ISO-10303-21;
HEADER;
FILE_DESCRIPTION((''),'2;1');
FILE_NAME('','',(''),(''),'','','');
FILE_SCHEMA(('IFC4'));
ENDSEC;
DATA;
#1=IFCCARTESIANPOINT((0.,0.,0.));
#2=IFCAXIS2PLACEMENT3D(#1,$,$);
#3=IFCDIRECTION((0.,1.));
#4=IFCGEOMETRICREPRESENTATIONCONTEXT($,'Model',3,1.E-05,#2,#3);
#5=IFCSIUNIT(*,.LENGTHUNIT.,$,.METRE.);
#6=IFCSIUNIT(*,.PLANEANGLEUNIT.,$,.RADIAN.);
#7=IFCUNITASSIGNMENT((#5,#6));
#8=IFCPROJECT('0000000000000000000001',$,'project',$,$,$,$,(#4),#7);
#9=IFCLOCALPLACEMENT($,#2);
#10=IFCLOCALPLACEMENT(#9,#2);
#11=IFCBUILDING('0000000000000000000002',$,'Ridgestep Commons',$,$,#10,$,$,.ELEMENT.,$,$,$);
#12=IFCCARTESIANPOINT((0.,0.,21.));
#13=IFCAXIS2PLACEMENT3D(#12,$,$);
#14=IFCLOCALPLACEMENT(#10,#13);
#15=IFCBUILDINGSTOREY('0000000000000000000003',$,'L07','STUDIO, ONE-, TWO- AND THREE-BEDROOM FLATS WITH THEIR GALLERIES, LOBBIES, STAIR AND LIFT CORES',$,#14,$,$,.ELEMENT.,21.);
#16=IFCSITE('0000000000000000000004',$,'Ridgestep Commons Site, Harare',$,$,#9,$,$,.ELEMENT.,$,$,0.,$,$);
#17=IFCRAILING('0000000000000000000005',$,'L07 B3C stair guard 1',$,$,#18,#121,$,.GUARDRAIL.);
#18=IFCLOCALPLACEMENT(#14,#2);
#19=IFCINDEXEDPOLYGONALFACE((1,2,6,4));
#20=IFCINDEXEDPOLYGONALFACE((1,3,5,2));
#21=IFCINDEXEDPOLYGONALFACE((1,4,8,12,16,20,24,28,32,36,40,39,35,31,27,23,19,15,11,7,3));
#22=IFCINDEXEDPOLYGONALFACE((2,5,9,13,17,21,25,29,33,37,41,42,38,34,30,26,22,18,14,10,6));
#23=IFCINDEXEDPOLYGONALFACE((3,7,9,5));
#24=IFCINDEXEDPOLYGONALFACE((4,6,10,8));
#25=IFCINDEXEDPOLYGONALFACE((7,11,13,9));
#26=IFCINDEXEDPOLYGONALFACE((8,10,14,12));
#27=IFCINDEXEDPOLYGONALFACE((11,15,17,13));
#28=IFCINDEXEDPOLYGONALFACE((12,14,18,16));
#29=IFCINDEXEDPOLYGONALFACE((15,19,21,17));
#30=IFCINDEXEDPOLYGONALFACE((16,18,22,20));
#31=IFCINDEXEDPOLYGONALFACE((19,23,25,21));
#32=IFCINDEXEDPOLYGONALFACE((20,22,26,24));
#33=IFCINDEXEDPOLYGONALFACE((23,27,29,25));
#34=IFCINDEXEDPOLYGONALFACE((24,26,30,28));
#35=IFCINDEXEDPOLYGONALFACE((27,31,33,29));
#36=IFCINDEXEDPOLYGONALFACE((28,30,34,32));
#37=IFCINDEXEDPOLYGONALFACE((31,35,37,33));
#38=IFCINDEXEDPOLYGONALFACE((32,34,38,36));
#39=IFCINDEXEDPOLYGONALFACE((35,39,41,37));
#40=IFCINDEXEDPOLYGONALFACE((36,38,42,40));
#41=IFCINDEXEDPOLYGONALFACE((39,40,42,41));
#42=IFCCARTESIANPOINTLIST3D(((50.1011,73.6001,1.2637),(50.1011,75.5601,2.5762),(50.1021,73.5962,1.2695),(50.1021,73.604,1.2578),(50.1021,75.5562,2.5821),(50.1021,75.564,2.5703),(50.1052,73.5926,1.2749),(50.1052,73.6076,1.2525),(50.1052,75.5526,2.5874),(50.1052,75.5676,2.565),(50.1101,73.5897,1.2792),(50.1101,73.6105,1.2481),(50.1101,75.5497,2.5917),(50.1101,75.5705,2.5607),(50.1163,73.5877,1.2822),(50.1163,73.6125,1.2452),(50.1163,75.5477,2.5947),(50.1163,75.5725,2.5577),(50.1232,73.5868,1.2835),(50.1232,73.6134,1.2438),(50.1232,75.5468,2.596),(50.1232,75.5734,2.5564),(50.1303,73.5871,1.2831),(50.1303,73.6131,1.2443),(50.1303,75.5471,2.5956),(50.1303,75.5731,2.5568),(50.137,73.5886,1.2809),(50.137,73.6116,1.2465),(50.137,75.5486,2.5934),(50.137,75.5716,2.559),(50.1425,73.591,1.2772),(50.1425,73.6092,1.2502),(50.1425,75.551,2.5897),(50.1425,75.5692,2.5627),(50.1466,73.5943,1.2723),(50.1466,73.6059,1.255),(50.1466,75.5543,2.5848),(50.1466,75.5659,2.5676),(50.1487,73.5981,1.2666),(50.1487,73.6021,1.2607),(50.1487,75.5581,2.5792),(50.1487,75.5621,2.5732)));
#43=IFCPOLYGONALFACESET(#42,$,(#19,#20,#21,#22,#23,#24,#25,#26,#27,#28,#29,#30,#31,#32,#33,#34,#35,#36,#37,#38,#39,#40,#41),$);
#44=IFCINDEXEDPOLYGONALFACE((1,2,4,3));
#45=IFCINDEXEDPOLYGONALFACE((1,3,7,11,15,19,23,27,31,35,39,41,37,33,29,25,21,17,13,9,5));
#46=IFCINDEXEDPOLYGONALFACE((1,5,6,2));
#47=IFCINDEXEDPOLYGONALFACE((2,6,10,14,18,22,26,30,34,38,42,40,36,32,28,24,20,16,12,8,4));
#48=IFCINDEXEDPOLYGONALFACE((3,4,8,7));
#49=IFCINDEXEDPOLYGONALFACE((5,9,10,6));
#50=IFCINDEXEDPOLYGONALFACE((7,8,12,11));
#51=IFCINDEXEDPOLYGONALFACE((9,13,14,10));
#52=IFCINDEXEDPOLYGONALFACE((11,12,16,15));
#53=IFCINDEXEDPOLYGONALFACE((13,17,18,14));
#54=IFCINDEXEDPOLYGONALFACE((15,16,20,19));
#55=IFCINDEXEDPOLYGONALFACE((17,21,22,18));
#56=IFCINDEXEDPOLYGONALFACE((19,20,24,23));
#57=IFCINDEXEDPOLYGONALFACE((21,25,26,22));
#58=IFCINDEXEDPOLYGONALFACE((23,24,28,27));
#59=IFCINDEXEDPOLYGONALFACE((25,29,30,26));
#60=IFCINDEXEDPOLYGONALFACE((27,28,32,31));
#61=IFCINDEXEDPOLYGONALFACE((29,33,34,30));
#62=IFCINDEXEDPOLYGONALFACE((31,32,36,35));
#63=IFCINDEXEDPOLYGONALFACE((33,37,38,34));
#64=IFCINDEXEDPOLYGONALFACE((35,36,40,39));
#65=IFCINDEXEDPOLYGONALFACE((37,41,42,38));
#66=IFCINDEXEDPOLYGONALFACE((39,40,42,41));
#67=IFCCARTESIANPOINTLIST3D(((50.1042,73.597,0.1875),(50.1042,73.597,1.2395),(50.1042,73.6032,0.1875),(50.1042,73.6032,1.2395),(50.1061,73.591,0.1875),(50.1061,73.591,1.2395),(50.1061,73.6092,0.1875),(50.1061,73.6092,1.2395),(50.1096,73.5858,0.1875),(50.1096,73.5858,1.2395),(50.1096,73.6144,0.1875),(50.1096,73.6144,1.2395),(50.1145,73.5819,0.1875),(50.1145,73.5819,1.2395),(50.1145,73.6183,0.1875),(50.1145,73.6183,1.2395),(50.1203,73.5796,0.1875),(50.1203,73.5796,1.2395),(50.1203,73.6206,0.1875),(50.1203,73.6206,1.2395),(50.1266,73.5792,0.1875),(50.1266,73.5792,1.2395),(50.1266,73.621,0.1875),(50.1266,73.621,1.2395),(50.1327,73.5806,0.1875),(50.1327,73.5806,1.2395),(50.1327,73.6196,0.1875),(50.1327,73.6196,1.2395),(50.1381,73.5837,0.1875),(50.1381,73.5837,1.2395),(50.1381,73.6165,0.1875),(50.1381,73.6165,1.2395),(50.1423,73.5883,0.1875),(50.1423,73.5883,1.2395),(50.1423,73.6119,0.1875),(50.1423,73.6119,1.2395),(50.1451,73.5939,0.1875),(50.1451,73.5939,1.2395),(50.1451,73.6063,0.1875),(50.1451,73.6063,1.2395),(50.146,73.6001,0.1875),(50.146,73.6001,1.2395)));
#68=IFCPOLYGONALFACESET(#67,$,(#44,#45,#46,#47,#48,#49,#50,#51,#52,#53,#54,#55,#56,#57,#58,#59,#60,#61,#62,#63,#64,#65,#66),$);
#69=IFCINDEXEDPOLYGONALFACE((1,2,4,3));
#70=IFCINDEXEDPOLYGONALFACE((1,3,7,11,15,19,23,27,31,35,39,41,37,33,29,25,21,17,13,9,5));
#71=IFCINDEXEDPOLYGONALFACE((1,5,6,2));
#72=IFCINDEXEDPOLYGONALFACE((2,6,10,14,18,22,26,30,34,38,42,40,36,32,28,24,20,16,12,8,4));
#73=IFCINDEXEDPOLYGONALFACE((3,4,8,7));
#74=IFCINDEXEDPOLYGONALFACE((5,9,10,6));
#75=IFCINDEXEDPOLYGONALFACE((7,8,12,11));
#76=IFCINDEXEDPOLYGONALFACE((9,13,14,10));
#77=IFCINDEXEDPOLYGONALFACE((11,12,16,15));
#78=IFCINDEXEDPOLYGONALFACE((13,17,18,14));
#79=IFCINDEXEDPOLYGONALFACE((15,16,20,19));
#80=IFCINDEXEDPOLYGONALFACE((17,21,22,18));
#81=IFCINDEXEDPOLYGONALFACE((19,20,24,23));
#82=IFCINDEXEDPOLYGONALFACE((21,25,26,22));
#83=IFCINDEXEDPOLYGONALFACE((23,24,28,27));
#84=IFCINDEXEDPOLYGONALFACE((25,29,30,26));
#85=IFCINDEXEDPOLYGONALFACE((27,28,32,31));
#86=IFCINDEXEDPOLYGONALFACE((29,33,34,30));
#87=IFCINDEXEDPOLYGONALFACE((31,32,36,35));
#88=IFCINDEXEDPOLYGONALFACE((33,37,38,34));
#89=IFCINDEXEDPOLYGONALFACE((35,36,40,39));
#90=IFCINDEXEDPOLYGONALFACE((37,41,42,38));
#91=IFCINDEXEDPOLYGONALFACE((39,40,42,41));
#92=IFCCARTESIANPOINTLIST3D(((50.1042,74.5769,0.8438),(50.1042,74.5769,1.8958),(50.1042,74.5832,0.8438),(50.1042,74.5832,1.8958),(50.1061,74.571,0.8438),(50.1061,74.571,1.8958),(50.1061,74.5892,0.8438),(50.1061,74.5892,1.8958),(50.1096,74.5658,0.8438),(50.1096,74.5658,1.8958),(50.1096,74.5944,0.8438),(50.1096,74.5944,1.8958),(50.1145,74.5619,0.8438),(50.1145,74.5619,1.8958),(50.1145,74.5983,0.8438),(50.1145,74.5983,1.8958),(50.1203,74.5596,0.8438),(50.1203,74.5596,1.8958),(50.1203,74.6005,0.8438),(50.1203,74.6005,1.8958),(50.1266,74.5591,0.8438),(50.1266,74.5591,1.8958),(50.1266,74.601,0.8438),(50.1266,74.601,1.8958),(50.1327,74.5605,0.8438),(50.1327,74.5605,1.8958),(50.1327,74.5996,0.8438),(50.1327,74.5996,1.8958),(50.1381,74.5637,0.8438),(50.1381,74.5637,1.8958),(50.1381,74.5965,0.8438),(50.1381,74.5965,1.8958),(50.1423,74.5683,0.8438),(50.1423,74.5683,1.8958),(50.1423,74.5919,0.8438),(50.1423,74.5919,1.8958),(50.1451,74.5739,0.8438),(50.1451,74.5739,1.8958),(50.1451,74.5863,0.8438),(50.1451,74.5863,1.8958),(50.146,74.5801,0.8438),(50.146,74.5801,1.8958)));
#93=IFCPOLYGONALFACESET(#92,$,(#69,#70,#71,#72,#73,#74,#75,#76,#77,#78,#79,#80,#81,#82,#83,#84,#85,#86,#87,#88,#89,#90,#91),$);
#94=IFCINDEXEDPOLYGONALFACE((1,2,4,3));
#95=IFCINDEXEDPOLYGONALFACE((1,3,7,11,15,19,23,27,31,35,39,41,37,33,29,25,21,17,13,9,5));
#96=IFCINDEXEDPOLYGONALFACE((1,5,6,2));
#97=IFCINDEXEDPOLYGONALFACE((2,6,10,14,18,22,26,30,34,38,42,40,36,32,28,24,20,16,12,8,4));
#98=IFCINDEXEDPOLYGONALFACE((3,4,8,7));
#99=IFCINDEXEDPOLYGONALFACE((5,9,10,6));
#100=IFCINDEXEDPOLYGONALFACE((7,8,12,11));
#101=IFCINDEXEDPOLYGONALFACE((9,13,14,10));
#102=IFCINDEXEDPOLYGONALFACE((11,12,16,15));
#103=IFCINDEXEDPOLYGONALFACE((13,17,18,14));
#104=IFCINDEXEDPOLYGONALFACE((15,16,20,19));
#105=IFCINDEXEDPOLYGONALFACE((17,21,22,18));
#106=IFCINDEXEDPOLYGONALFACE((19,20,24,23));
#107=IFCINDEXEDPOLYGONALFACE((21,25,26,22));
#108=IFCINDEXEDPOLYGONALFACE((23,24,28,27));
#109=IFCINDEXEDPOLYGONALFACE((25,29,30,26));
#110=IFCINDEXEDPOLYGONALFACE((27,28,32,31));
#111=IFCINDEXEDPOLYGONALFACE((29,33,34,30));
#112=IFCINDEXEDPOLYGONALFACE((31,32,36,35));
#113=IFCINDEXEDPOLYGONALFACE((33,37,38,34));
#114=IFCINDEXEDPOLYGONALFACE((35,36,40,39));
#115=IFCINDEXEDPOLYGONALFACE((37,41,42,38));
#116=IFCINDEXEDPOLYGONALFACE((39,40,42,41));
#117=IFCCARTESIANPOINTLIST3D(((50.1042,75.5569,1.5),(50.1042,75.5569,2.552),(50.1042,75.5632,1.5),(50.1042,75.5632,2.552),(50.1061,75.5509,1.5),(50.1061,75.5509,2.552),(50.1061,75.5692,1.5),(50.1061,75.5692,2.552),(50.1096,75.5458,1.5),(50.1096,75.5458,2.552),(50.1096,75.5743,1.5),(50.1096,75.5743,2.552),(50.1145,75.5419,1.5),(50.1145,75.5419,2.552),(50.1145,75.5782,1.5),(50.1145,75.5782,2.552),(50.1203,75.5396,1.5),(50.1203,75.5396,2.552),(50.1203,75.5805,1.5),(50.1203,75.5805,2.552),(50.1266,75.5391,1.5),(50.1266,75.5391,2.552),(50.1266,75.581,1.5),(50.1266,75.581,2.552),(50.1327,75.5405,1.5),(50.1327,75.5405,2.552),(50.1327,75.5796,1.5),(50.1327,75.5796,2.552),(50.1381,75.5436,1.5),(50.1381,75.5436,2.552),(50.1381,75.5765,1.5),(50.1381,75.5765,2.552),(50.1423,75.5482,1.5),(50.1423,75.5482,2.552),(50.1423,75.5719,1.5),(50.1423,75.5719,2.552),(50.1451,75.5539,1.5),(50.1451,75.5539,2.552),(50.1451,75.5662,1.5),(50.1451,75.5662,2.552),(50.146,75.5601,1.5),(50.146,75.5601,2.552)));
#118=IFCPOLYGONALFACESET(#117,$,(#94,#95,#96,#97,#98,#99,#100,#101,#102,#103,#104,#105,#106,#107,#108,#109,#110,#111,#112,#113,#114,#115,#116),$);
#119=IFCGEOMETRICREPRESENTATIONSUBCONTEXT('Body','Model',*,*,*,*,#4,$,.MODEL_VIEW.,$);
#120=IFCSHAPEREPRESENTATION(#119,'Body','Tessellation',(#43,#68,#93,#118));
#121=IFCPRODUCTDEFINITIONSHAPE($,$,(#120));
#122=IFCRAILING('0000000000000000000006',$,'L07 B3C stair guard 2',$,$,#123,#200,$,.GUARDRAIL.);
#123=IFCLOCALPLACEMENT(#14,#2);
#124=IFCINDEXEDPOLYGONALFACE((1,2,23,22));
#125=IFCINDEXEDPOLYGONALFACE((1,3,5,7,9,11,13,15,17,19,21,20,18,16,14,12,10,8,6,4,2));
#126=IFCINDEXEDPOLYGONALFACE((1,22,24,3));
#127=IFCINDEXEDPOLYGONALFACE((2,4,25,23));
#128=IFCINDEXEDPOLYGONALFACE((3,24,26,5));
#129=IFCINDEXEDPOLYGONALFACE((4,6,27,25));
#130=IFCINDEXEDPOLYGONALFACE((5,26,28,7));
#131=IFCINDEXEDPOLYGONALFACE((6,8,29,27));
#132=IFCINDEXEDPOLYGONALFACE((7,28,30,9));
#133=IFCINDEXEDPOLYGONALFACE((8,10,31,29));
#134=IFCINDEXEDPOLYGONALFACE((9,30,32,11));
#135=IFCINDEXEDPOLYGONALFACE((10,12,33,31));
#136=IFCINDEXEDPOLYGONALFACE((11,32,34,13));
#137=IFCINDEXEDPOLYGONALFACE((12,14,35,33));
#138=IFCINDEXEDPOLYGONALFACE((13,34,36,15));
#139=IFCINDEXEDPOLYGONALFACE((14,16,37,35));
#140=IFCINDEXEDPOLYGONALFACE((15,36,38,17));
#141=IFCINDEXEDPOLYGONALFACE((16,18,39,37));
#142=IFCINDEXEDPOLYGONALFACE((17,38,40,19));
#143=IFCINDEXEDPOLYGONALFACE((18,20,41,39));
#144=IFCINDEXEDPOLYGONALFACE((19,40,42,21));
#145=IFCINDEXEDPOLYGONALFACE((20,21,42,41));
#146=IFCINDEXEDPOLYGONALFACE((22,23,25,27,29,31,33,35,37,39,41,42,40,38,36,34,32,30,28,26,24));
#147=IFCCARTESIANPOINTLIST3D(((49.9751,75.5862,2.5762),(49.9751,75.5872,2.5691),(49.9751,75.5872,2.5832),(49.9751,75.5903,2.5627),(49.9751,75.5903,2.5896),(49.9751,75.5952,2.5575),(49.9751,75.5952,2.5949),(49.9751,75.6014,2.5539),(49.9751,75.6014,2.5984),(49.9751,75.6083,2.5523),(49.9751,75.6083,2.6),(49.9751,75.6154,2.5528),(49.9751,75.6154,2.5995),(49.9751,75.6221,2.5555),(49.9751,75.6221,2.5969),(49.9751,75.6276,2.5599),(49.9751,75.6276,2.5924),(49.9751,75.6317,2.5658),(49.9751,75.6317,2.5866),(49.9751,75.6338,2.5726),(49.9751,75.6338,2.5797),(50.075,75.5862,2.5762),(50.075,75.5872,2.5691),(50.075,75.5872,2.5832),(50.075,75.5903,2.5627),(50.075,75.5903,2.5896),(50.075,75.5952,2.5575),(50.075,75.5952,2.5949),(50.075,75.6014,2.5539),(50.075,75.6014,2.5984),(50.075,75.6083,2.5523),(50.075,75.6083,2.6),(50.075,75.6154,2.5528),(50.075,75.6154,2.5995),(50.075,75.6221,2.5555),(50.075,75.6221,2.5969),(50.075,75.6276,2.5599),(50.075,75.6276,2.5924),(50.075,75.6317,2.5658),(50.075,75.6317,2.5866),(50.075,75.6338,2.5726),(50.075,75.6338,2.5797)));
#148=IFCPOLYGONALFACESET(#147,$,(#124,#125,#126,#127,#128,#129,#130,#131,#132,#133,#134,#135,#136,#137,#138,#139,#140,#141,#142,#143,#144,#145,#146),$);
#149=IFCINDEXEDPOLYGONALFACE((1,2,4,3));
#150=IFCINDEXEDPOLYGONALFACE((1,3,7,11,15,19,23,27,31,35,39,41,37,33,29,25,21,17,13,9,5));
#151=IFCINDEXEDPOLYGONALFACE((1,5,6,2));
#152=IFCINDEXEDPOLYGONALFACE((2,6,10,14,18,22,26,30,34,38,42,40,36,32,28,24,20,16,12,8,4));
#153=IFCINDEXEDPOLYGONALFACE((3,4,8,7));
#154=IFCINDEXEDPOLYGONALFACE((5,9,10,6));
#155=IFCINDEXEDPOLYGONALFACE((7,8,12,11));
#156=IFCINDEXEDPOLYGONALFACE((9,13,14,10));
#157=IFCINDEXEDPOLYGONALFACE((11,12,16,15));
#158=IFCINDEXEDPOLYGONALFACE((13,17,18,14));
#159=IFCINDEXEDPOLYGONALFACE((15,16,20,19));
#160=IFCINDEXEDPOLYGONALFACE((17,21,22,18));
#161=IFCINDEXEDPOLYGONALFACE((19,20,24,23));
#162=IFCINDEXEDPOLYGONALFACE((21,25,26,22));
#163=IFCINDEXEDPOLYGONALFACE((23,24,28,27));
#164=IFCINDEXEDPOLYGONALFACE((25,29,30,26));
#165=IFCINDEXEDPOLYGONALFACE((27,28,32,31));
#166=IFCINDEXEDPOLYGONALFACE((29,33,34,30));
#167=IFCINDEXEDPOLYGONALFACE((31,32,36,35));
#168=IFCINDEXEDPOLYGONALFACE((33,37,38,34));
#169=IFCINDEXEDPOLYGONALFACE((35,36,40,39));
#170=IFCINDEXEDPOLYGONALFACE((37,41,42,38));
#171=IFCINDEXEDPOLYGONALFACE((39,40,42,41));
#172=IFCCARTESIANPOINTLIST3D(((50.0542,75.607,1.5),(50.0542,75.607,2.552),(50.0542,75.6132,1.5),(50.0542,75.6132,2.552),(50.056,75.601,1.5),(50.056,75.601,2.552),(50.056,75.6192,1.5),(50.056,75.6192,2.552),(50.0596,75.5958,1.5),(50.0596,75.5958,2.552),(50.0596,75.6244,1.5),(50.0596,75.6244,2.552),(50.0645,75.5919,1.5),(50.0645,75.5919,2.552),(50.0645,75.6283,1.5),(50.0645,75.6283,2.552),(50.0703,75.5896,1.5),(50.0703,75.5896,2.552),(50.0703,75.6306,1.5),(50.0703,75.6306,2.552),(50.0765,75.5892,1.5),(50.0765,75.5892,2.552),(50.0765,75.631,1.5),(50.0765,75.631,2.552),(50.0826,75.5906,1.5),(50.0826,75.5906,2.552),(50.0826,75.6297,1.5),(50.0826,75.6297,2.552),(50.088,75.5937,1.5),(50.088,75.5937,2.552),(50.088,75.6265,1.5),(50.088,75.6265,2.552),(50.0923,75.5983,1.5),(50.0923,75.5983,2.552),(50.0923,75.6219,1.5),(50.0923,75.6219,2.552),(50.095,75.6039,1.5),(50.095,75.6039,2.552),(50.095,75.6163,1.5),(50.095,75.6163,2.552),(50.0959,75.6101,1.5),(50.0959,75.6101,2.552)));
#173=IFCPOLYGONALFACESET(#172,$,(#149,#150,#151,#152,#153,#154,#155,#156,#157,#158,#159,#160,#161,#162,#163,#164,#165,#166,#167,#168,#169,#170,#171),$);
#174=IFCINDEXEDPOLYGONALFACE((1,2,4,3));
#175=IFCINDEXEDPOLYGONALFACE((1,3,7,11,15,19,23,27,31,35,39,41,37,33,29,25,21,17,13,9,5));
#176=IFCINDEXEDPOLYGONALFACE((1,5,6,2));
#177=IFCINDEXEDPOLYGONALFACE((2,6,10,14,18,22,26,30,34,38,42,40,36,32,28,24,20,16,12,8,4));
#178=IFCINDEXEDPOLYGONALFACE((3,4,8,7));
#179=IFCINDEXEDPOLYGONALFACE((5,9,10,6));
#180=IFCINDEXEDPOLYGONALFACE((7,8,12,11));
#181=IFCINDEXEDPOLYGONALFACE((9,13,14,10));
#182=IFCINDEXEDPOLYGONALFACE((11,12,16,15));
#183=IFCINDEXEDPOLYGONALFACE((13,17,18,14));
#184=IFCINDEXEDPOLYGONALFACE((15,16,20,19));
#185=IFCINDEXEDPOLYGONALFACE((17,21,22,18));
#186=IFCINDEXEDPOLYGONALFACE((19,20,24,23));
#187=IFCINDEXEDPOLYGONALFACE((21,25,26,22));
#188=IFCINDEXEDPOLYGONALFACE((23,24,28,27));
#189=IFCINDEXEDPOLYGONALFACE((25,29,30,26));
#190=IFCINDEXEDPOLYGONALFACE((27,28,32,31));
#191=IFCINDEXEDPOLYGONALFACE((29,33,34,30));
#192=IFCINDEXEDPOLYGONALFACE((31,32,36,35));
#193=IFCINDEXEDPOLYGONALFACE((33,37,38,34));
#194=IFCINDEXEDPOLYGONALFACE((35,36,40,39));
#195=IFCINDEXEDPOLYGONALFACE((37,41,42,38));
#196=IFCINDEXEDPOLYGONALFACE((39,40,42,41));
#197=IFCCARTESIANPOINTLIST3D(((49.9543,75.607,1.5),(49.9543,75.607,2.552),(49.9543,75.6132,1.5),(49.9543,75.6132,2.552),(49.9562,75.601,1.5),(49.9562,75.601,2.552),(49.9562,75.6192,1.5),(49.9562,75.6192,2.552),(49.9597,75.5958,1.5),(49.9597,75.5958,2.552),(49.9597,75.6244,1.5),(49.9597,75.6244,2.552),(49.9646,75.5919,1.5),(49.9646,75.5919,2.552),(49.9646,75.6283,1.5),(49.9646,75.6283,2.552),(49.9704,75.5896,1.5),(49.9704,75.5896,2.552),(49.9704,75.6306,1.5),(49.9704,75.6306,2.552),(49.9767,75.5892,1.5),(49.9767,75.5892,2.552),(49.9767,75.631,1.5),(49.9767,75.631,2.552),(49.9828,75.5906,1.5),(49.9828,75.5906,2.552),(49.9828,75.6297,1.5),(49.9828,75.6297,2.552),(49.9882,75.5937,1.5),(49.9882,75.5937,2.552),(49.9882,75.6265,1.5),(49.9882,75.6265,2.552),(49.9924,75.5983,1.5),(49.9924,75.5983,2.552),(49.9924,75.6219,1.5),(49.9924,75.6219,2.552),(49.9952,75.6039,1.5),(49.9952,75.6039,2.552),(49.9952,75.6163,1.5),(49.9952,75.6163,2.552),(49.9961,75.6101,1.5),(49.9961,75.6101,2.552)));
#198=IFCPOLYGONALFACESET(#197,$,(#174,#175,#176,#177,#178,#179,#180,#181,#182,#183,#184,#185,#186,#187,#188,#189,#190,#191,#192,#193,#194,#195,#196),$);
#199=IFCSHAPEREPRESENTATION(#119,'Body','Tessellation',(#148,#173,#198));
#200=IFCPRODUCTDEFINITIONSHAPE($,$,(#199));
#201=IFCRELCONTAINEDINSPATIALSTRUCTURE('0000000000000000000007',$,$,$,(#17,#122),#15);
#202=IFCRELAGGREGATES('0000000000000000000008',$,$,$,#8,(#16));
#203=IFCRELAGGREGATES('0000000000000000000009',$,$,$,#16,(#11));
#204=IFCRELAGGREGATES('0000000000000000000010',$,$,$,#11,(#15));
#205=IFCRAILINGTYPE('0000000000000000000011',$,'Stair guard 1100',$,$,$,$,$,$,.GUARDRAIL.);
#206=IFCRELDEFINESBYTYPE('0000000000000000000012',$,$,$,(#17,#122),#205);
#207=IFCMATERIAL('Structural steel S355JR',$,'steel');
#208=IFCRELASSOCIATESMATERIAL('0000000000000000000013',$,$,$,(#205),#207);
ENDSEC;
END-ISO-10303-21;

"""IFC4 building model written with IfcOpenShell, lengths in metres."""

from ifc_helpers import new_model, si_unit, direction, frame, origin, origin_2d, place, context, subcontext, project, spatial, circle, extrude, material, type_object, element, save


model = new_model("IFC4")

# Units and contexts
model_context = context("Model", 3, precision=1e-05, world=origin(), true_north=direction((0.0, 1.0)))
body_context = subcontext(model_context, "Body", "Model", "MODEL_VIEW")
ifc_project = project(units=[si_unit("LENGTHUNIT", "METRE"), si_unit("PLANEANGLEUNIT", "RADIAN")], contexts=[model_context])

# Site, building, storey
site_placement = place(None, origin())
site = spatial("IfcSite", under=ifc_project, at=site_placement, Name="Ridgestep Commons Site, Harare", CompositionType="ELEMENT", RefElevation=0.0)
building_placement = place(site_placement, origin())
building = spatial("IfcBuilding", under=site, at=building_placement, Name="Ridgestep Commons", CompositionType="ELEMENT")
storey_placement = place(building_placement, frame((0.0, 0.0, 21.0)))
storey = spatial("IfcBuildingStorey", under=building, at=storey_placement, Name="L07", Description="STUDIO, ONE-, TWO- AND THREE-BEDROOM FLATS WITH THEIR GALLERIES, LOBBIES, STAIR AND LIFT CORES", CompositionType="ELEMENT", Elevation=21.0)

# Railings
ifc_material_1 = material(Name="Structural steel S355JR", Category="steel")
railing_type_1 = type_object("IfcRailingType", Name="Stair guard 1100", PredefinedType="GUARDRAIL", material=ifc_material_1)
railing_1_placement = place(storey_placement, frame((50.125, 73.6001, 0.1875)))
element("IfcRailing", 1, at=railing_1_placement, inside=storey, type_object=railing_type_1, Name="L07 B3C stair guard 1", PredefinedType="GUARDRAIL", context=body_context, shape_type="SweptSolid", body=[
    extrude(circle(Radius=0.0239, at=origin_2d()), frame((0.0, 0.0, 1.0762), z_axis=(0.0, 0.830902, 0.556419), x_axis=(-1.0, 0.0, 0.0)), (0.0, 0.0, 1.0), 2.3589),
    extrude(circle(Radius=0.021, at=origin_2d()), origin(), (0.0, 0.0, 1.0), 1.052),
    extrude(circle(Radius=0.021, at=origin_2d()), frame((0.0, 0.98, 0.6562)), (0.0, 0.0, 1.0), 1.052),
    extrude(circle(Radius=0.021, at=origin_2d()), frame((0.0, 1.96, 1.3125)), (0.0, 0.0, 1.0), 1.052),
])
railing_2_placement = place(storey_placement, frame((50.075, 75.6101, 1.5)))
element("IfcRailing", 2, at=railing_2_placement, inside=storey, type_object=railing_type_1, Name="L07 B3C stair guard 2", PredefinedType="GUARDRAIL", context=body_context, shape_type="SweptSolid", body=[
    extrude(circle(Radius=0.0239, at=origin_2d()), frame((0.0, 0.0, 1.0762), z_axis=(-1.0, 0.0, 0.0), x_axis=(0.0, -1.0, 0.0)), (0.0, 0.0, 1.0), 0.0999),
    extrude(circle(Radius=0.021, at=origin_2d()), origin(), (0.0, 0.0, 1.0), 1.052),
    extrude(circle(Radius=0.021, at=origin_2d()), frame((-0.0999, 0.0, 0.0)), (0.0, 0.0, 1.0), 1.052),
])

save(model, "model.ifc")
